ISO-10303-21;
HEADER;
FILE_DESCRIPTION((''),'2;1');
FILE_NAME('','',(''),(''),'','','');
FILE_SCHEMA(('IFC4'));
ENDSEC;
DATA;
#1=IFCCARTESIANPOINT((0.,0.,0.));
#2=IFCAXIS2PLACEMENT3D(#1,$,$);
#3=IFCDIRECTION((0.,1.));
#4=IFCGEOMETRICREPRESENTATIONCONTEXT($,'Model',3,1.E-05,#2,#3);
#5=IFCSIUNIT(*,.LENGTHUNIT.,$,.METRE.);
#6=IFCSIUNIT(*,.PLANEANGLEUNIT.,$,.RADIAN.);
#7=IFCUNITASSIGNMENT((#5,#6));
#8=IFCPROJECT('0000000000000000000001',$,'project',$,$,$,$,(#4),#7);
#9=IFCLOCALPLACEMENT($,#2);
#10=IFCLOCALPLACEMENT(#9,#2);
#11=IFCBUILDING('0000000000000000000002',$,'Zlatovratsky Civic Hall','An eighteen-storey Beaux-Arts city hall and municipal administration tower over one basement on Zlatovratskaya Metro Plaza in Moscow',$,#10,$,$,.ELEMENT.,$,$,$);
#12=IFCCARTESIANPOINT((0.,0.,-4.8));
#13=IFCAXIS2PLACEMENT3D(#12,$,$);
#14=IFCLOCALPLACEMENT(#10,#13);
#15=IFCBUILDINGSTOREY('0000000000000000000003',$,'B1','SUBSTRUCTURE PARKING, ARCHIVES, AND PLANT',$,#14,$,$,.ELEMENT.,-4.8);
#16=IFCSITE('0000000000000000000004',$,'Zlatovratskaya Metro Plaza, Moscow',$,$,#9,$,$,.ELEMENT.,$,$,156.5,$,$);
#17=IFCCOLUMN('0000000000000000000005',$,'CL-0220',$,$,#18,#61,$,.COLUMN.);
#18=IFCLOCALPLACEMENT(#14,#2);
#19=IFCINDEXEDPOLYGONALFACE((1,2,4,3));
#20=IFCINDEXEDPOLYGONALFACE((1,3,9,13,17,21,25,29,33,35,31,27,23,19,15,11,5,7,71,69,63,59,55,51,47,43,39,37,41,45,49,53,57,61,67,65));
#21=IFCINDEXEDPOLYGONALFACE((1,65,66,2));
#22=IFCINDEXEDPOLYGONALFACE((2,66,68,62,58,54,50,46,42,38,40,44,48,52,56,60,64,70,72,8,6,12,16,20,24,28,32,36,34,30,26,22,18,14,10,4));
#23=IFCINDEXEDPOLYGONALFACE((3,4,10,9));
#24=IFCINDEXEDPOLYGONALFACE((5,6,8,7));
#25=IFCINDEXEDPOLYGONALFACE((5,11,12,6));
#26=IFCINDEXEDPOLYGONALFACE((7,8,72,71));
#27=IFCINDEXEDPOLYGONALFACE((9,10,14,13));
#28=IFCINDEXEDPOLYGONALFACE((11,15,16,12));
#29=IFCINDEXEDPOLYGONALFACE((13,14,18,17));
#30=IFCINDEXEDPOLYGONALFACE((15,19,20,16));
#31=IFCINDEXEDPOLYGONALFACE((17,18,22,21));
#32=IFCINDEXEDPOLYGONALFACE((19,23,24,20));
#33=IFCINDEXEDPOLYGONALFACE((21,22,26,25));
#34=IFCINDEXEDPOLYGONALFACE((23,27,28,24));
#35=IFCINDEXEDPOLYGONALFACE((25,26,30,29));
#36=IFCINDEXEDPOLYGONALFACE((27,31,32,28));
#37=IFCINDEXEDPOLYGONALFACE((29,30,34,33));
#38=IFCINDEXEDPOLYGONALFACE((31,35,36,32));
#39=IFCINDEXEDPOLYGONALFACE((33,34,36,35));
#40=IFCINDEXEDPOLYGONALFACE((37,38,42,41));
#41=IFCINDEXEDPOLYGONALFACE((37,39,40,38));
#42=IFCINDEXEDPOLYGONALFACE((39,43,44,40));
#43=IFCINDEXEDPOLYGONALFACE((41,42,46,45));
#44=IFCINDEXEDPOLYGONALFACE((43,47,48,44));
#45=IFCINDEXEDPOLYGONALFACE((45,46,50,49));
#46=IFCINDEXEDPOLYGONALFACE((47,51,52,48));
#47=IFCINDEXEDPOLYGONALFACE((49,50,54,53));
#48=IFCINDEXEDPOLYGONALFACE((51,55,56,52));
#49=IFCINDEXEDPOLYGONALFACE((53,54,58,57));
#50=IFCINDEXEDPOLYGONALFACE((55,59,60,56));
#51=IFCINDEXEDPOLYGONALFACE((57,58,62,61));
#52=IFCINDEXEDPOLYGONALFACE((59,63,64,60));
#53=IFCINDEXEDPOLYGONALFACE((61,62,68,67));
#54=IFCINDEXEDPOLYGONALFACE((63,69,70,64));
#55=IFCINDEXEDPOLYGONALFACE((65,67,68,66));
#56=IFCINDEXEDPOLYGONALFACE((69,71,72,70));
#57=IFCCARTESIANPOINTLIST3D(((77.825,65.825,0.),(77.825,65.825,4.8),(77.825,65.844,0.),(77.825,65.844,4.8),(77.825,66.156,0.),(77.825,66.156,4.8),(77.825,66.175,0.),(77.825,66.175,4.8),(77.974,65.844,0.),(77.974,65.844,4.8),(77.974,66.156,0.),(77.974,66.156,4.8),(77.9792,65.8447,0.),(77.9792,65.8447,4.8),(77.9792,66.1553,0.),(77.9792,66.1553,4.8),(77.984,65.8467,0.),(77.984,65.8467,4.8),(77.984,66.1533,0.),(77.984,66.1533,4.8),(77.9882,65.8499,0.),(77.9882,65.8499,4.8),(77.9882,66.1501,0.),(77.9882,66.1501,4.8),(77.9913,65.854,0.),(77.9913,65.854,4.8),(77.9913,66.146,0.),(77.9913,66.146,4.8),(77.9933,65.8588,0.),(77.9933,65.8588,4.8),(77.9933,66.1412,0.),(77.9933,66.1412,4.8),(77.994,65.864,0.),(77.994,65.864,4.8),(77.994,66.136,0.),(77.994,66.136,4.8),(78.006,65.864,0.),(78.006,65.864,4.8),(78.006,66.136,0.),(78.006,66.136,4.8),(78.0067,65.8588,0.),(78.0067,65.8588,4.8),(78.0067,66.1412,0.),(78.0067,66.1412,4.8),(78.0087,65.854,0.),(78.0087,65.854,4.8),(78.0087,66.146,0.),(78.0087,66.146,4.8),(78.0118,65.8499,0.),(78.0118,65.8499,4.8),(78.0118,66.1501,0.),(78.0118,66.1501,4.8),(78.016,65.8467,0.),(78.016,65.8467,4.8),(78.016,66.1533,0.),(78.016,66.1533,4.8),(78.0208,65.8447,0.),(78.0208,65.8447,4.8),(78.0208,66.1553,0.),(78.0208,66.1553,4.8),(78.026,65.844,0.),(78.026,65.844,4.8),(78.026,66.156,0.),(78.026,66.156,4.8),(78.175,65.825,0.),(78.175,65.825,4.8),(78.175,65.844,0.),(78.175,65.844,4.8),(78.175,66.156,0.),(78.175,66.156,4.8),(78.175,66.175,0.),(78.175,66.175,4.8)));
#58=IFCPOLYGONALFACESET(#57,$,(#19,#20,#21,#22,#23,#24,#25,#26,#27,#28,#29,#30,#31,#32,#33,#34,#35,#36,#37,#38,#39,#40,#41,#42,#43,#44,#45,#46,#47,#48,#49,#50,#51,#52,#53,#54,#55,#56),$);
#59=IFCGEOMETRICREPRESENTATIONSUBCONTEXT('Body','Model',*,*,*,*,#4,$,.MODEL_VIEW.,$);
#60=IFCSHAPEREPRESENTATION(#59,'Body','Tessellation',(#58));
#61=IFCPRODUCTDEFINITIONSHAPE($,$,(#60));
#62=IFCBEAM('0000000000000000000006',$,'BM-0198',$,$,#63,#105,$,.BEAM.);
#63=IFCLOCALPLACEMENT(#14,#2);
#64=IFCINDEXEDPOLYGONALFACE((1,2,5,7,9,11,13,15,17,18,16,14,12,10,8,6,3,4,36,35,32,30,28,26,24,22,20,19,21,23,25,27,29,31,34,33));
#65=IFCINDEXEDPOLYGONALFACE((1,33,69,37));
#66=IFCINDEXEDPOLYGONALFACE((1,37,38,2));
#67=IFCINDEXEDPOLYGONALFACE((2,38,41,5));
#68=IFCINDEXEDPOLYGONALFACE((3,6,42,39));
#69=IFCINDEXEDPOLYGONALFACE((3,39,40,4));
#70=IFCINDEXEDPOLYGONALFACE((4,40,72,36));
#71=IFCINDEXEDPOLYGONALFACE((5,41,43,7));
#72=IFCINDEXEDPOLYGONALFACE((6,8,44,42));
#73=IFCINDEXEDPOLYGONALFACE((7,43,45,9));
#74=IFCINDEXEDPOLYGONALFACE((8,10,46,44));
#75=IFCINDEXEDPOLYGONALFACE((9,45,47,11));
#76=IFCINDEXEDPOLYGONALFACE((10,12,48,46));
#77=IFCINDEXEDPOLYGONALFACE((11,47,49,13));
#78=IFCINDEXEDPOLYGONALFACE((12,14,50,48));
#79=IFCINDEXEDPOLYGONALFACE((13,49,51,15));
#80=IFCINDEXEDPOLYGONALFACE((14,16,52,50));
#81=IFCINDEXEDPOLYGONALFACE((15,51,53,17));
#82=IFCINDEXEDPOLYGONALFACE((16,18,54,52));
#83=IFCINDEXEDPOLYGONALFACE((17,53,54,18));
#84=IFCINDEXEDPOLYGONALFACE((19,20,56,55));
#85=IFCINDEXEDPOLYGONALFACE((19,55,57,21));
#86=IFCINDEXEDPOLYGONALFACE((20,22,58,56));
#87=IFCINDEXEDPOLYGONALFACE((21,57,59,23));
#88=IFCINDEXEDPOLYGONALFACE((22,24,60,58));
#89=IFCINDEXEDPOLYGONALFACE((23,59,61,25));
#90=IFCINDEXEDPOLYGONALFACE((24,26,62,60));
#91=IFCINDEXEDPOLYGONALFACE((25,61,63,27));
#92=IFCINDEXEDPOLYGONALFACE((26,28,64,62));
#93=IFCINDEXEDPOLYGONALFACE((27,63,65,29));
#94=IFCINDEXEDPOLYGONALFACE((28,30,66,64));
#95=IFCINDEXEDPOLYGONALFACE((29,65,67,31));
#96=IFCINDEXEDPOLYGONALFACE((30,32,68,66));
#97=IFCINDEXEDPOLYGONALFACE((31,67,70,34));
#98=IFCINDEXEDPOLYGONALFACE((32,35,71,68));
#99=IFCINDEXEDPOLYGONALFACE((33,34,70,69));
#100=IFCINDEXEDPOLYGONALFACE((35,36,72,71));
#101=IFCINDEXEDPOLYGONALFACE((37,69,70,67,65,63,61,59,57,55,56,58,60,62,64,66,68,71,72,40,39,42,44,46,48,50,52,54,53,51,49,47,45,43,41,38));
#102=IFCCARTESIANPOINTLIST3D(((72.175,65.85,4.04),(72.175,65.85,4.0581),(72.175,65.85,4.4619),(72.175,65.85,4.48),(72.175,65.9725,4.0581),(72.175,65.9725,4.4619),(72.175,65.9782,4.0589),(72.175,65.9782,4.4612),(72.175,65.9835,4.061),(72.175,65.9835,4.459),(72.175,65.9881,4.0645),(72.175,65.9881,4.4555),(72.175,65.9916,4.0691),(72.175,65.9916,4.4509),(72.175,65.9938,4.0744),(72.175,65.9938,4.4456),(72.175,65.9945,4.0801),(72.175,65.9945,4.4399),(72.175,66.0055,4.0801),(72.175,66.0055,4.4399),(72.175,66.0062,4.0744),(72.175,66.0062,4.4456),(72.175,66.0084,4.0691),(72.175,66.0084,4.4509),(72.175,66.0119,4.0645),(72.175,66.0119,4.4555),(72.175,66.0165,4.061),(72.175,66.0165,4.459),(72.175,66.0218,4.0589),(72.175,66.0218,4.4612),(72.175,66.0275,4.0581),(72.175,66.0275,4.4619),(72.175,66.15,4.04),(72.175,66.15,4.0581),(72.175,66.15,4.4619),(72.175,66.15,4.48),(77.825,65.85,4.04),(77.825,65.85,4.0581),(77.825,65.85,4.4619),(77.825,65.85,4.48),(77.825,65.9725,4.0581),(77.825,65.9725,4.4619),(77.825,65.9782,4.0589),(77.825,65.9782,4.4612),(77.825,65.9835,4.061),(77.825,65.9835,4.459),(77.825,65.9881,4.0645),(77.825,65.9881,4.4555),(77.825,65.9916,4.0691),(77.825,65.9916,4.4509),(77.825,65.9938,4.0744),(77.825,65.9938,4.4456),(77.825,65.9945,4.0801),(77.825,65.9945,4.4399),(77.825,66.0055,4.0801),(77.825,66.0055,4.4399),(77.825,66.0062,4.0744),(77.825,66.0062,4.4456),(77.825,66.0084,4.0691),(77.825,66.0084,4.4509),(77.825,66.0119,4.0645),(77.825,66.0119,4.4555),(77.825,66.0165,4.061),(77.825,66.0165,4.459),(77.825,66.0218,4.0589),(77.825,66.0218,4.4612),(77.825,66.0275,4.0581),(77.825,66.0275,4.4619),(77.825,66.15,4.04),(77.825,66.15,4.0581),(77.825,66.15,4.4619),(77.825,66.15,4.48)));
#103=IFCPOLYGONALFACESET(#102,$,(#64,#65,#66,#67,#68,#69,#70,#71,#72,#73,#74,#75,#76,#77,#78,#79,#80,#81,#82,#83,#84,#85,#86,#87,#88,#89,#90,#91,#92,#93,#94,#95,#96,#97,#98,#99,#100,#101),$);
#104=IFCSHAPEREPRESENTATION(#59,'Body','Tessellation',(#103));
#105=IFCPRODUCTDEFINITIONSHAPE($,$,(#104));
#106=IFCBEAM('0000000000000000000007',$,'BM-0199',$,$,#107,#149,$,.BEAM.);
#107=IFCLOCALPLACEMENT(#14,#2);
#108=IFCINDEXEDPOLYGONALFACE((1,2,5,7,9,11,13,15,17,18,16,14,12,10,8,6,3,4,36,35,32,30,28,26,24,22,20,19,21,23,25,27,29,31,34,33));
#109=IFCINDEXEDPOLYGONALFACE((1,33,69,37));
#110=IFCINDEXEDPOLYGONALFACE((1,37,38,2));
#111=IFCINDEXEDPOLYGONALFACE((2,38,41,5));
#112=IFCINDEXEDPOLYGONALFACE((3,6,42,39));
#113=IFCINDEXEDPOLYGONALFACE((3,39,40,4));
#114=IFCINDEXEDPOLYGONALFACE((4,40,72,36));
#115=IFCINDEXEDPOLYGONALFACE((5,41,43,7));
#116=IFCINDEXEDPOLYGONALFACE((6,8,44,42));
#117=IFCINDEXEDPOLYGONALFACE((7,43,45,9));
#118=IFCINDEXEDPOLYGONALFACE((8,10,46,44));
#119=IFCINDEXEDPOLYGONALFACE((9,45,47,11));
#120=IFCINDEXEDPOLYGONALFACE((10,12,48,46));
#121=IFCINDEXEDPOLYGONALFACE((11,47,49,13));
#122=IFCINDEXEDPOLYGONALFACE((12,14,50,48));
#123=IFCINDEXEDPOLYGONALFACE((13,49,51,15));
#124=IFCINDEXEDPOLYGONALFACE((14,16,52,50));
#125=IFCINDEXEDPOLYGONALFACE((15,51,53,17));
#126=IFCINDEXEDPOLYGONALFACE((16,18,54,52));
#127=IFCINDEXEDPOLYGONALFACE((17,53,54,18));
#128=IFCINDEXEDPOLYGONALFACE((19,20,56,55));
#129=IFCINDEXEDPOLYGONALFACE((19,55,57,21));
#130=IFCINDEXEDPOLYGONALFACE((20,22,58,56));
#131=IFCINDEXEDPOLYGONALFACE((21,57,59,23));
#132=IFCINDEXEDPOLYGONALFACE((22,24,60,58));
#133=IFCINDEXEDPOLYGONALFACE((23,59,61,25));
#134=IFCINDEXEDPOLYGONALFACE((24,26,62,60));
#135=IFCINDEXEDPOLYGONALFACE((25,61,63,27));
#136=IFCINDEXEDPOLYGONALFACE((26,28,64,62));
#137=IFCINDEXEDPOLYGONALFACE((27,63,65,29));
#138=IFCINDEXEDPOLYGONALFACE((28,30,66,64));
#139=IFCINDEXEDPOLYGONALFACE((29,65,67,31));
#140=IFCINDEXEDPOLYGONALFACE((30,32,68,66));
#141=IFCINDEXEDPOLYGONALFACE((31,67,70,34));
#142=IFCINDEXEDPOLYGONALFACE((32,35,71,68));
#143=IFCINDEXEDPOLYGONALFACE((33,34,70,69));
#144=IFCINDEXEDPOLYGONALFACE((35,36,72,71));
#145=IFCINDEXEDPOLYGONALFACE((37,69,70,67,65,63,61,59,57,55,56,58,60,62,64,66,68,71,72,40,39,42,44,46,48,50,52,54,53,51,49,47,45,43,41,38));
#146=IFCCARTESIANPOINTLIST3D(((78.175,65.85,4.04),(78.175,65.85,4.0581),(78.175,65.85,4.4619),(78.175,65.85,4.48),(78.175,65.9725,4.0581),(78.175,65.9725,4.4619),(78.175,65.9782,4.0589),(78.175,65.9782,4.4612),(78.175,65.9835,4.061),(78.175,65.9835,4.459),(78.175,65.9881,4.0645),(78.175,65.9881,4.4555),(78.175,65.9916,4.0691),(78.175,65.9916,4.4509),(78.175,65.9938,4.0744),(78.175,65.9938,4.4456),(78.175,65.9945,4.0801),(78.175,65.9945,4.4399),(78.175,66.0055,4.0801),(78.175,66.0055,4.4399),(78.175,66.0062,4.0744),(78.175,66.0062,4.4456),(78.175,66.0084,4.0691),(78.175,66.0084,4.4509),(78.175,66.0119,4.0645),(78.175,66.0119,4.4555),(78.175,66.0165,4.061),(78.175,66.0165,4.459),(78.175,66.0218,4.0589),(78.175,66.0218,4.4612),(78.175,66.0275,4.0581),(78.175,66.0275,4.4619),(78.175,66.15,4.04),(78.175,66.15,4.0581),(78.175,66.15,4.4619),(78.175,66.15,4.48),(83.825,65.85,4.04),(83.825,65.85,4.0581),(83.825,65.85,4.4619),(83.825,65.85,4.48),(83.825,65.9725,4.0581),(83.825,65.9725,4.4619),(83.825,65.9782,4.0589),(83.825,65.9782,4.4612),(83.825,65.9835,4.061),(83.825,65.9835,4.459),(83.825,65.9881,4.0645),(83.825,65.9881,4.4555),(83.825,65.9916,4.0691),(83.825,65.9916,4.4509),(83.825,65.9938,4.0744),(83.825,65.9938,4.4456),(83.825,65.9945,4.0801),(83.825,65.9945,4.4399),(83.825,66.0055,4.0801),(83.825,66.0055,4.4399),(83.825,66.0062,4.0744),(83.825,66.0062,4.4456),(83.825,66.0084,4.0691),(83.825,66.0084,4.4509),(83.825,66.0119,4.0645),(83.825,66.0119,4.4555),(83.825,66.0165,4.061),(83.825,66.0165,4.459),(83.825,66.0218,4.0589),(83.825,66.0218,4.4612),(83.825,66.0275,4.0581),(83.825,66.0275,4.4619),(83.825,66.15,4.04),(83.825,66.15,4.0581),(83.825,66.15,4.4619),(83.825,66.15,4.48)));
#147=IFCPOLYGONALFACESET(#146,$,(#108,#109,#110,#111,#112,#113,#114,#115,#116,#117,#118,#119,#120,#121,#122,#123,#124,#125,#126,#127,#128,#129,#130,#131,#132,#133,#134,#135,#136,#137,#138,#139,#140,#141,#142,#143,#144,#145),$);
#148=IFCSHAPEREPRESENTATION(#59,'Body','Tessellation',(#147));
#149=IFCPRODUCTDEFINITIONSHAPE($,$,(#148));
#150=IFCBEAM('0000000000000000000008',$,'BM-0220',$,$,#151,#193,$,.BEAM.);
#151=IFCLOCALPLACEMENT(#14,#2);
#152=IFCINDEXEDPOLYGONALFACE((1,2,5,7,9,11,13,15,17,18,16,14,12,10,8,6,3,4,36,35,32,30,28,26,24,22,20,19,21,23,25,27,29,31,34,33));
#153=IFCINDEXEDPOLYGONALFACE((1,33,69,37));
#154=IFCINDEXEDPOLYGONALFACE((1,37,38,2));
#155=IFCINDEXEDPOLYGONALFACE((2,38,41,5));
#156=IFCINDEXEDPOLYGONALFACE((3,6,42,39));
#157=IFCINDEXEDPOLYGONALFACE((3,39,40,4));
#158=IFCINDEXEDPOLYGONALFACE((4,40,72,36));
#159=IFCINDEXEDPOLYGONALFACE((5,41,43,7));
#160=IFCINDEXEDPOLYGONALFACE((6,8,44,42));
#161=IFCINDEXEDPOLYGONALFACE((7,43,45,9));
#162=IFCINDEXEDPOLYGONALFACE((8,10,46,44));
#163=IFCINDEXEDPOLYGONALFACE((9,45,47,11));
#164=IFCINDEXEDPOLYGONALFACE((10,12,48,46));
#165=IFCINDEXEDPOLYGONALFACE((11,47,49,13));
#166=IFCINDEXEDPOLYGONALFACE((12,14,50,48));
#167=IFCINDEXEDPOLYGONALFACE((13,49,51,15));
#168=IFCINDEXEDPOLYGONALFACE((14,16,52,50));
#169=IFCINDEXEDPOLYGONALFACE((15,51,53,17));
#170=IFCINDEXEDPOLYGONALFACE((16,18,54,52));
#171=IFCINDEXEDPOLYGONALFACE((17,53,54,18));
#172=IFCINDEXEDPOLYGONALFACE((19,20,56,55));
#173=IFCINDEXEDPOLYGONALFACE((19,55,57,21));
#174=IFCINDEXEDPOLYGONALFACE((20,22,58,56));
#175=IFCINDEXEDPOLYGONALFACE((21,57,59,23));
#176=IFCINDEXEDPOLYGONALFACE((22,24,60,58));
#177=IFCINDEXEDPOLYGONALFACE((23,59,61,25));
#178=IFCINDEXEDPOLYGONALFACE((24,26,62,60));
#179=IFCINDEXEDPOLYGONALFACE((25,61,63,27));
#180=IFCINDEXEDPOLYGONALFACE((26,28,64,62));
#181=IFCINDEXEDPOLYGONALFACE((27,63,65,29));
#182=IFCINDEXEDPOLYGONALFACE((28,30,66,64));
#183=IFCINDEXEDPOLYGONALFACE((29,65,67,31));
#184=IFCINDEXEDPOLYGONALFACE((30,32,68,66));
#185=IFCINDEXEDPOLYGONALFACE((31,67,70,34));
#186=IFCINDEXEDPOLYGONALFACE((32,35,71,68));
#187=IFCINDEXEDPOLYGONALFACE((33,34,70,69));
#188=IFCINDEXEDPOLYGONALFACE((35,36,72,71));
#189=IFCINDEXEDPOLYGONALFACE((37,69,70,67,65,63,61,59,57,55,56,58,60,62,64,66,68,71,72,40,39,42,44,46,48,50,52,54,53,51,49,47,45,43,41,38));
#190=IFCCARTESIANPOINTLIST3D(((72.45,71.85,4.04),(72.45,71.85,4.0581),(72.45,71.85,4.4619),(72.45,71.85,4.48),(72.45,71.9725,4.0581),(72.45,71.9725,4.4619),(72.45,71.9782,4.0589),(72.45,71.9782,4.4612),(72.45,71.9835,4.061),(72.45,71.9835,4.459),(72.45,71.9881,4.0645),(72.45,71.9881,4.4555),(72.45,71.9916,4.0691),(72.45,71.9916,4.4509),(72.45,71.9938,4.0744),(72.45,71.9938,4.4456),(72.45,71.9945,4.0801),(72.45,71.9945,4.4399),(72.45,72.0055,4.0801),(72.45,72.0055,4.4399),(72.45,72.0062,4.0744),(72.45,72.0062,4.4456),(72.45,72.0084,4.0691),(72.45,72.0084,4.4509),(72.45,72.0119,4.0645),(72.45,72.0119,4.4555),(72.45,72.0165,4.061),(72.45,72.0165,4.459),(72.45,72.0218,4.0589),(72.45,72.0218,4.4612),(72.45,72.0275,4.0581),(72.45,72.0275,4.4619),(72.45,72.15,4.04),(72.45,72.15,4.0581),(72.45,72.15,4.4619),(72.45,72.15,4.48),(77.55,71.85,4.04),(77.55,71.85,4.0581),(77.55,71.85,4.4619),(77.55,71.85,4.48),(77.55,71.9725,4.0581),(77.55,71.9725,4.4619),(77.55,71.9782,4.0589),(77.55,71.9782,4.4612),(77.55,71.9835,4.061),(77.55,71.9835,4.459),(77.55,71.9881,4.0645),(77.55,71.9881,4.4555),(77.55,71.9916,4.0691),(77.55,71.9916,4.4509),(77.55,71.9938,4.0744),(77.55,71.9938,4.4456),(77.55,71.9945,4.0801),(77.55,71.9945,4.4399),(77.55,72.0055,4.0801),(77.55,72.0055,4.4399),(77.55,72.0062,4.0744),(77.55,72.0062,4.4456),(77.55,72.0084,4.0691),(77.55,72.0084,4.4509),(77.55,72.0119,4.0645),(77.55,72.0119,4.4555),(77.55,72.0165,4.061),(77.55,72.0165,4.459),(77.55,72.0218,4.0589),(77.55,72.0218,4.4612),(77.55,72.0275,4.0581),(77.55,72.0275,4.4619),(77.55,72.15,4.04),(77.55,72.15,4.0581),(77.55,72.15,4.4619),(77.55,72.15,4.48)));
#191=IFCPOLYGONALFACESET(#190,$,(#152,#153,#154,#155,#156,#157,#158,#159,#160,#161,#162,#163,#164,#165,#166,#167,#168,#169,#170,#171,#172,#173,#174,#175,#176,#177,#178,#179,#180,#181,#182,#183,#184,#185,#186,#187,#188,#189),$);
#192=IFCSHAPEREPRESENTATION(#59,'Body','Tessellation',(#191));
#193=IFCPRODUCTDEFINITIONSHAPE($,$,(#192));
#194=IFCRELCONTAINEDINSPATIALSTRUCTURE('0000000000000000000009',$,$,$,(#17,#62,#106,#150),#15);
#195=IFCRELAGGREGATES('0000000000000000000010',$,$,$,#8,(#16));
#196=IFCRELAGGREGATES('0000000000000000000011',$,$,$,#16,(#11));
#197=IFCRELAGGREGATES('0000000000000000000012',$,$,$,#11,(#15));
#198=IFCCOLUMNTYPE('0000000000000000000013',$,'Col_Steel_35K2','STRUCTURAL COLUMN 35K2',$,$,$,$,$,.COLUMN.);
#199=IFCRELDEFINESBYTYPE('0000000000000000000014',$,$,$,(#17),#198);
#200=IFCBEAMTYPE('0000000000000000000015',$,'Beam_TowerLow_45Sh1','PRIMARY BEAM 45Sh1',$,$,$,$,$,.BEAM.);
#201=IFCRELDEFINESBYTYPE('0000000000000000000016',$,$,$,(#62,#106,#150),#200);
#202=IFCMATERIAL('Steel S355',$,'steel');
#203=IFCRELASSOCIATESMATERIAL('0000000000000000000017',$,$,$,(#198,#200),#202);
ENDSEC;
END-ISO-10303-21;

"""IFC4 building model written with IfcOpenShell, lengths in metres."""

from ifc_helpers import new_model, si_unit, direction, frame, origin, origin_2d, place, context, subcontext, project, spatial, i_section, extrude, material, material_profile, profile_set, type_object, element, save


model = new_model("IFC4")

# Units and contexts
model_context = context("Model", 3, precision=1e-05, world=origin(), true_north=direction((0.0, 1.0)))
body_context = subcontext(model_context, "Body", "Model", "MODEL_VIEW")
ifc_project = project(units=[si_unit("LENGTHUNIT", "METRE"), si_unit("PLANEANGLEUNIT", "RADIAN")], contexts=[model_context])

# Site, building, storey
site_placement = place(None, origin())
site = spatial("IfcSite", under=ifc_project, at=site_placement, Name="Zlatovratskaya Metro Plaza, Moscow", CompositionType="ELEMENT", RefElevation=156.5)
building_placement = place(site_placement, origin())
building = spatial("IfcBuilding", under=site, at=building_placement, Name="Zlatovratsky Civic Hall", Description="An eighteen-storey Beaux-Arts city hall and municipal administration tower over one basement on Zlatovratskaya Metro Plaza in Moscow", CompositionType="ELEMENT")
storey_placement = place(building_placement, frame((0.0, 0.0, -4.8)))
storey = spatial("IfcBuildingStorey", under=building, at=storey_placement, Name="B1", Description="SUBSTRUCTURE PARKING, ARCHIVES, AND PLANT", CompositionType="ELEMENT", Elevation=-4.8)

# Column
ifc_material_1 = material(Name="Steel S355", Category="steel")
ifc_material_profile_1 = material_profile(ifc_material_1, i_section(OverallWidth=0.3501, OverallDepth=0.3501, WebThickness=0.012, FlangeThickness=0.019, FilletRadius=0.02, at=origin_2d()), Name="35K2")
ifc_profile_set_1 = profile_set([ifc_material_profile_1], Name="Steel S355")
column_type_1 = type_object("IfcColumnType", Name="Col_Steel_35K2", Description="STRUCTURAL COLUMN 35K2", PredefinedType="COLUMN", material=ifc_profile_set_1)
for number, where, z_axis, x_axis, name in (
    (1, (78.0, 66.0, 0.0), (0.0, 0.0, 1.0), (1.0, 0.0, 0.0), "CL-0220"),
):
    element("IfcColumn", number, at=place(storey_placement, frame(where, z_axis=z_axis, x_axis=x_axis)), inside=storey, type_object=column_type_1, Name=name, PredefinedType="COLUMN", context=body_context, shape_type="SweptSolid", body=[
        extrude(i_section(OverallWidth=0.3501, OverallDepth=0.3501, WebThickness=0.012, FlangeThickness=0.019, FilletRadius=0.02, at=origin_2d()), origin(), (0.0, 0.0, 1.0), 4.8),
    ])

# Beams
ifc_material_profile_2 = material_profile(ifc_material_1, i_section(OverallWidth=0.3, OverallDepth=0.4399, WebThickness=0.011, FlangeThickness=0.0181, FilletRadius=0.022, at=origin_2d()), Name="45Sh1")
ifc_profile_set_2 = profile_set([ifc_material_profile_2], Name="Steel S355")
beam_type = type_object("IfcBeamType", Name="Beam_TowerLow_45Sh1", Description="PRIMARY BEAM 45Sh1", PredefinedType="BEAM", material=ifc_profile_set_2)
for number, where, z_axis, x_axis, name in (
    (2, (72.175, 66.0, 4.26), (1.0, 0.0, 0.0), (0.0, 1.0, 0.0), "BM-0198"),
    (3, (78.175, 66.0, 4.26), (1.0, 0.0, 0.0), (0.0, 1.0, 0.0), "BM-0199"),
):
    element("IfcBeam", number, at=place(storey_placement, frame(where, z_axis=z_axis, x_axis=x_axis)), inside=storey, type_object=beam_type, Name=name, PredefinedType="BEAM", context=body_context, shape_type="SweptSolid", body=[
        extrude(i_section(OverallWidth=0.3, OverallDepth=0.4399, WebThickness=0.011, FlangeThickness=0.0181, FilletRadius=0.022, at=origin_2d()), origin(), (0.0, 0.0, 1.0), 5.6499),
    ])
for number, where, z_axis, x_axis, name in (
    (4, (72.45, 72.0, 4.26), (1.0, 0.0, 0.0), (0.0, 1.0, 0.0), "BM-0220"),
):
    element("IfcBeam", number, at=place(storey_placement, frame(where, z_axis=z_axis, x_axis=x_axis)), inside=storey, type_object=beam_type, Name=name, PredefinedType="BEAM", context=body_context, shape_type="SweptSolid", body=[
        extrude(i_section(OverallWidth=0.3, OverallDepth=0.4399, WebThickness=0.011, FlangeThickness=0.0181, FilletRadius=0.022, at=origin_2d()), origin(), (0.0, 0.0, 1.0), 5.1001),
    ])

save(model, "model.ifc")
